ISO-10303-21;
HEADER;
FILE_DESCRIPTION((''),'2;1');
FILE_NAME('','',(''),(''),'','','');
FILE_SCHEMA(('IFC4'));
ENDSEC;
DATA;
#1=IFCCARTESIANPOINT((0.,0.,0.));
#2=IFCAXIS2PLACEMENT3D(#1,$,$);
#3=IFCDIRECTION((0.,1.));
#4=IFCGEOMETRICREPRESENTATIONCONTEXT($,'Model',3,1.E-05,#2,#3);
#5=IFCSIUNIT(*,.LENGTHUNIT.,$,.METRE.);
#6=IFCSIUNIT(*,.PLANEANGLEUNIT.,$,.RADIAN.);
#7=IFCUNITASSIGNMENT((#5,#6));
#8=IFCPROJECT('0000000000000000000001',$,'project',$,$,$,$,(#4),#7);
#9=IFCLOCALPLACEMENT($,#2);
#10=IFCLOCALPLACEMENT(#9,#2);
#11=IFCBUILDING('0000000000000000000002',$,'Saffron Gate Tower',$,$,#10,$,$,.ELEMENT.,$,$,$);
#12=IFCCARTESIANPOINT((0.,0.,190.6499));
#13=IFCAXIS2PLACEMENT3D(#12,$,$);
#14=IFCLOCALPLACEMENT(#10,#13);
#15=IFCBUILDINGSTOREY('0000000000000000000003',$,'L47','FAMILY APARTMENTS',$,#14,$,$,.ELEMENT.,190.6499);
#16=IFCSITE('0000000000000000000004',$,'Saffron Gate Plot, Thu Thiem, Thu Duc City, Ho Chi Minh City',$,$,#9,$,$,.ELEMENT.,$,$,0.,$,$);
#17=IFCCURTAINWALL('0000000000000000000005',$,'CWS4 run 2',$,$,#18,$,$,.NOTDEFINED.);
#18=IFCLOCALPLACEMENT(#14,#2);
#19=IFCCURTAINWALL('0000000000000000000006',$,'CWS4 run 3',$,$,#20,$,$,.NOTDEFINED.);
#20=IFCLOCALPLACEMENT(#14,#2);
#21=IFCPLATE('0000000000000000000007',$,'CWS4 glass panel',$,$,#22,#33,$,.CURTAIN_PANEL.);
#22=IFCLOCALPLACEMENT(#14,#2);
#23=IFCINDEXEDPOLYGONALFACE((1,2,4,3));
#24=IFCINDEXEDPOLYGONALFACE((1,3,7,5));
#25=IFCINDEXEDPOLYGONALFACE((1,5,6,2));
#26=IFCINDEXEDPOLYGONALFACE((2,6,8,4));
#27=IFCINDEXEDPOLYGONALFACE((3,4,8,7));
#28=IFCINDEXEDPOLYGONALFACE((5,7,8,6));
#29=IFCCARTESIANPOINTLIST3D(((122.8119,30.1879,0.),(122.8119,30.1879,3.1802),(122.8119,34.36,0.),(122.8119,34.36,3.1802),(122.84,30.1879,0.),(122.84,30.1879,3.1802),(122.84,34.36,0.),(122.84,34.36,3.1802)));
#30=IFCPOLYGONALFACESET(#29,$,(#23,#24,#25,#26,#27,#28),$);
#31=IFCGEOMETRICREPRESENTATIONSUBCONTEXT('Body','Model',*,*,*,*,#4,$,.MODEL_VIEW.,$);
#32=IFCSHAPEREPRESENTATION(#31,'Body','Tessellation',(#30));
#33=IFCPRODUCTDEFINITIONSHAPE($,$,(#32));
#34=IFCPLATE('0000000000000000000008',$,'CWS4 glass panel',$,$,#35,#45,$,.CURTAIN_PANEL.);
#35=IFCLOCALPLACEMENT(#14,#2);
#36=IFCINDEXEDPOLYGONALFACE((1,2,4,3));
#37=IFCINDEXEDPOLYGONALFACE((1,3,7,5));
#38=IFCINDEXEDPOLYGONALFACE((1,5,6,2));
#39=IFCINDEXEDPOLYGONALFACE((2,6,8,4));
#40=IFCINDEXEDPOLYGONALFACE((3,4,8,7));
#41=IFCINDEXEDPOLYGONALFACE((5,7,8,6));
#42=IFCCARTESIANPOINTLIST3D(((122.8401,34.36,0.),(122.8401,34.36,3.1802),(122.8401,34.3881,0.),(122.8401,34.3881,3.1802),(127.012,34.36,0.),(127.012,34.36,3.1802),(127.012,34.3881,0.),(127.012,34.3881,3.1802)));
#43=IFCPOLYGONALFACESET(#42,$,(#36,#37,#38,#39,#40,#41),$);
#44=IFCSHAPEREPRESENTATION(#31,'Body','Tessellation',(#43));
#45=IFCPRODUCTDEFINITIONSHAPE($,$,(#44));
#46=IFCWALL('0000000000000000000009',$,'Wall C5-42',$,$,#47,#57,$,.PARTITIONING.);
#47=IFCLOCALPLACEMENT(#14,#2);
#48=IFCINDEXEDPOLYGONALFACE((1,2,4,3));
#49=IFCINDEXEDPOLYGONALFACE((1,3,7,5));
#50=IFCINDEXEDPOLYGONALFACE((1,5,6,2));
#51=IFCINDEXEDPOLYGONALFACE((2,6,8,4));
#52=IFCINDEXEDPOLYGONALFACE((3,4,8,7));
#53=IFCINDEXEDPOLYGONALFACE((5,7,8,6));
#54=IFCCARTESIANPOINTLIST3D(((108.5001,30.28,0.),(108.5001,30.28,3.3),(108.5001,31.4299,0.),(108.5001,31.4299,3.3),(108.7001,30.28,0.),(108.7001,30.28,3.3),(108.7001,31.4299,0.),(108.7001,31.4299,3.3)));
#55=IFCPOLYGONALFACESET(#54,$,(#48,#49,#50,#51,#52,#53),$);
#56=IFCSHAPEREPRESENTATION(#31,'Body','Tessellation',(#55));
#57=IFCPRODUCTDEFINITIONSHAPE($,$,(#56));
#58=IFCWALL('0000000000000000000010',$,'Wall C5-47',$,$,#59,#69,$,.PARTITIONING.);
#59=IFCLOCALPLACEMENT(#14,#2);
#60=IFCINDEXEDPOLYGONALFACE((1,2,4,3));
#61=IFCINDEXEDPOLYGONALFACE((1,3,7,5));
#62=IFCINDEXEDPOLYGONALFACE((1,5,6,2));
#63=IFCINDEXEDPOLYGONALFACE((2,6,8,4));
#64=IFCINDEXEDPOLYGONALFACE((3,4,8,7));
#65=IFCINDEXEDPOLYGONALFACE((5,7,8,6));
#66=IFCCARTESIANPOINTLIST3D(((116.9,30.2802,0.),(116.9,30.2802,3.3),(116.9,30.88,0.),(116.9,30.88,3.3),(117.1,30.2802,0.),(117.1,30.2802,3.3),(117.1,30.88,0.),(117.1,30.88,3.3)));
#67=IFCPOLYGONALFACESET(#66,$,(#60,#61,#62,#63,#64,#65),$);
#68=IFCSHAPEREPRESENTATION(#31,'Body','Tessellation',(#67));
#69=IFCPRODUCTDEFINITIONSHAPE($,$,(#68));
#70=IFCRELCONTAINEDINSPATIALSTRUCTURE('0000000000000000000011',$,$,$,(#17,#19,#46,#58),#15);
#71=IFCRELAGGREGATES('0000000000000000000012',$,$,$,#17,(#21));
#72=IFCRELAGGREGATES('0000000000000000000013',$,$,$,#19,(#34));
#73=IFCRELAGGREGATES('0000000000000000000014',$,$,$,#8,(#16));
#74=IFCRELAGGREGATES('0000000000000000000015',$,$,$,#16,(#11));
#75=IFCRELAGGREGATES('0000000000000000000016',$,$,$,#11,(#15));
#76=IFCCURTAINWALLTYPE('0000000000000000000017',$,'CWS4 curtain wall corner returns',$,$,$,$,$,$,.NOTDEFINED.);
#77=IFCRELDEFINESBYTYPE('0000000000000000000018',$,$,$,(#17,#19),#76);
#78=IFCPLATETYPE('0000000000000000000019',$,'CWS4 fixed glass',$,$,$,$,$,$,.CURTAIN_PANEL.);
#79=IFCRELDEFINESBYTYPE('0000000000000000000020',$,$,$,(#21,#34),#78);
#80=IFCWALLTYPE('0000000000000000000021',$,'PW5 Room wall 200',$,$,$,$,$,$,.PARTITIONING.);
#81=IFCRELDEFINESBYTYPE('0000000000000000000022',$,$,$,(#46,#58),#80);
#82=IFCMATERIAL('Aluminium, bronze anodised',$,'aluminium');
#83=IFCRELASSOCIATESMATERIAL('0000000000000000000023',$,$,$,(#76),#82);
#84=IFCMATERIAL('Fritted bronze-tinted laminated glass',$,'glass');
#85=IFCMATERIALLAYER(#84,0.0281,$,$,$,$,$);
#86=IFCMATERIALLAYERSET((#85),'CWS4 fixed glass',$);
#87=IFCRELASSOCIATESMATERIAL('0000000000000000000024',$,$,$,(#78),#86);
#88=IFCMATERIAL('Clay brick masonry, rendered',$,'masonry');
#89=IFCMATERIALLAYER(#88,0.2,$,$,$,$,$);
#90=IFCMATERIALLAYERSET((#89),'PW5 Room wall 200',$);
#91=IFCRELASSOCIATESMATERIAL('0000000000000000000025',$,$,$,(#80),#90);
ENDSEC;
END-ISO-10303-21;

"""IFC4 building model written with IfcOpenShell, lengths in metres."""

from ifc_helpers import new_model, si_unit, direction, frame, frame_2d, origin, place, context, subcontext, project, spatial, rectangle, extrude, material, layer, layer_set, type_object, element, aggregate, save


model = new_model("IFC4")

# Units and contexts
model_context = context("Model", 3, precision=1e-05, world=origin(), true_north=direction((0.0, 1.0)))
body_context = subcontext(model_context, "Body", "Model", "MODEL_VIEW")
ifc_project = project(units=[si_unit("LENGTHUNIT", "METRE"), si_unit("PLANEANGLEUNIT", "RADIAN")], contexts=[model_context])

# Site, building, storey
site_placement = place(None, origin())
site = spatial("IfcSite", under=ifc_project, at=site_placement, Name="Saffron Gate Plot, Thu Thiem, Thu Duc City, Ho Chi Minh City", CompositionType="ELEMENT", RefElevation=0.0)
building_placement = place(site_placement, origin())
building = spatial("IfcBuilding", under=site, at=building_placement, Name="Saffron Gate Tower", CompositionType="ELEMENT")
storey_placement = place(building_placement, frame((0.0, 0.0, 190.6499)))
storey = spatial("IfcBuildingStorey", under=building, at=storey_placement, Name="L47", Description="FAMILY APARTMENTS", CompositionType="ELEMENT", Elevation=190.6499)

# Shared definitions
ifc_material_1 = material(Name="Aluminium, bronze anodised", Category="aluminium")

# Curtain walls
curtain_wall_type_1 = type_object("IfcCurtainWallType", Name="CWS4 curtain wall corner returns", PredefinedType="NOTDEFINED", material=ifc_material_1)
curtain_wall_1_placement = place(storey_placement, origin())
curtain_wall_1 = element("IfcCurtainWall", 1, at=curtain_wall_1_placement, inside=storey, type_object=curtain_wall_type_1, Name="CWS4 run 2", PredefinedType="NOTDEFINED")
curtain_wall_2_placement = place(storey_placement, origin())
curtain_wall_2 = element("IfcCurtainWall", 2, at=curtain_wall_2_placement, inside=storey, type_object=curtain_wall_type_1, Name="CWS4 run 3", PredefinedType="NOTDEFINED")

# Shared definitions
ifc_material_2 = material(Name="Fritted bronze-tinted laminated glass", Category="glass")

# Plates
ifc_layer_1 = layer(ifc_material_2, 0.0281)
ifc_layer_set_1 = layer_set([ifc_layer_1], Name="CWS4 fixed glass")
plate_type_1 = type_object("IfcPlateType", Name="CWS4 fixed glass", PredefinedType="CURTAIN_PANEL", material=ifc_layer_set_1)
plate_1_placement = place(storey_placement, frame((122.8259, 30.188, 0.0), z_axis=(0.0, 0.0, 1.0), x_axis=(0.0, 1.0, 0.0)))
plate_1 = element("IfcPlate", 3, at=plate_1_placement, type_object=plate_type_1, Name="CWS4 glass panel", PredefinedType="CURTAIN_PANEL", context=body_context, shape_type="SweptSolid", body=[
    extrude(rectangle(XDim=4.1721, YDim=0.0281, at=frame_2d((2.0859, 0.0))), origin(), (0.0, 0.0, 1.0), 3.1802),
])
aggregate(curtain_wall_1, [plate_1])
plate_2_placement = place(storey_placement, frame((122.8401, 34.374, 0.0), z_axis=(0.0, 0.0, 1.0), x_axis=(1.0, 0.0, 0.0)))
plate_2 = element("IfcPlate", 4, at=plate_2_placement, type_object=plate_type_1, Name="CWS4 glass panel", PredefinedType="CURTAIN_PANEL", context=body_context, shape_type="SweptSolid", body=[
    extrude(rectangle(XDim=4.1719, YDim=0.0281, at=frame_2d((2.0859, 0.0))), origin(), (0.0, 0.0, 1.0), 3.1802),
])
aggregate(curtain_wall_2, [plate_2])

# Walls
ifc_material_3 = material(Name="Clay brick masonry, rendered", Category="masonry")
ifc_layer_2 = layer(ifc_material_3, 0.2)
ifc_layer_set_2 = layer_set([ifc_layer_2], Name="PW5 Room wall 200")
wall_type = type_object("IfcWallType", Name="PW5 Room wall 200", PredefinedType="PARTITIONING", material=ifc_layer_set_2)
wall_1_placement = place(storey_placement, frame((108.6001, 31.4299, 0.0), z_axis=(0.0, 0.0, 1.0), x_axis=(0.0, -1.0, 0.0)))
element("IfcWall", 5, at=wall_1_placement, inside=storey, type_object=wall_type, Name="Wall C5-42", PredefinedType="PARTITIONING", context=body_context, shape_type="SweptSolid", body=[
    extrude(rectangle(XDim=1.1499, YDim=0.2, at=frame_2d((0.575, 0.0))), origin(), (0.0, 0.0, 1.0), 3.3),
])
wall_2_placement = place(storey_placement, frame((117.0, 30.8799, 0.0), z_axis=(0.0, 0.0, 1.0), x_axis=(0.0, -1.0, 0.0)))
element("IfcWall", 6, at=wall_2_placement, inside=storey, type_object=wall_type, Name="Wall C5-47", PredefinedType="PARTITIONING", context=body_context, shape_type="SweptSolid", body=[
    extrude(rectangle(XDim=0.5999, YDim=0.2, at=frame_2d((0.2998, 0.0))), origin(), (0.0, 0.0, 1.0), 3.3),
])

save(model, "model.ifc")
